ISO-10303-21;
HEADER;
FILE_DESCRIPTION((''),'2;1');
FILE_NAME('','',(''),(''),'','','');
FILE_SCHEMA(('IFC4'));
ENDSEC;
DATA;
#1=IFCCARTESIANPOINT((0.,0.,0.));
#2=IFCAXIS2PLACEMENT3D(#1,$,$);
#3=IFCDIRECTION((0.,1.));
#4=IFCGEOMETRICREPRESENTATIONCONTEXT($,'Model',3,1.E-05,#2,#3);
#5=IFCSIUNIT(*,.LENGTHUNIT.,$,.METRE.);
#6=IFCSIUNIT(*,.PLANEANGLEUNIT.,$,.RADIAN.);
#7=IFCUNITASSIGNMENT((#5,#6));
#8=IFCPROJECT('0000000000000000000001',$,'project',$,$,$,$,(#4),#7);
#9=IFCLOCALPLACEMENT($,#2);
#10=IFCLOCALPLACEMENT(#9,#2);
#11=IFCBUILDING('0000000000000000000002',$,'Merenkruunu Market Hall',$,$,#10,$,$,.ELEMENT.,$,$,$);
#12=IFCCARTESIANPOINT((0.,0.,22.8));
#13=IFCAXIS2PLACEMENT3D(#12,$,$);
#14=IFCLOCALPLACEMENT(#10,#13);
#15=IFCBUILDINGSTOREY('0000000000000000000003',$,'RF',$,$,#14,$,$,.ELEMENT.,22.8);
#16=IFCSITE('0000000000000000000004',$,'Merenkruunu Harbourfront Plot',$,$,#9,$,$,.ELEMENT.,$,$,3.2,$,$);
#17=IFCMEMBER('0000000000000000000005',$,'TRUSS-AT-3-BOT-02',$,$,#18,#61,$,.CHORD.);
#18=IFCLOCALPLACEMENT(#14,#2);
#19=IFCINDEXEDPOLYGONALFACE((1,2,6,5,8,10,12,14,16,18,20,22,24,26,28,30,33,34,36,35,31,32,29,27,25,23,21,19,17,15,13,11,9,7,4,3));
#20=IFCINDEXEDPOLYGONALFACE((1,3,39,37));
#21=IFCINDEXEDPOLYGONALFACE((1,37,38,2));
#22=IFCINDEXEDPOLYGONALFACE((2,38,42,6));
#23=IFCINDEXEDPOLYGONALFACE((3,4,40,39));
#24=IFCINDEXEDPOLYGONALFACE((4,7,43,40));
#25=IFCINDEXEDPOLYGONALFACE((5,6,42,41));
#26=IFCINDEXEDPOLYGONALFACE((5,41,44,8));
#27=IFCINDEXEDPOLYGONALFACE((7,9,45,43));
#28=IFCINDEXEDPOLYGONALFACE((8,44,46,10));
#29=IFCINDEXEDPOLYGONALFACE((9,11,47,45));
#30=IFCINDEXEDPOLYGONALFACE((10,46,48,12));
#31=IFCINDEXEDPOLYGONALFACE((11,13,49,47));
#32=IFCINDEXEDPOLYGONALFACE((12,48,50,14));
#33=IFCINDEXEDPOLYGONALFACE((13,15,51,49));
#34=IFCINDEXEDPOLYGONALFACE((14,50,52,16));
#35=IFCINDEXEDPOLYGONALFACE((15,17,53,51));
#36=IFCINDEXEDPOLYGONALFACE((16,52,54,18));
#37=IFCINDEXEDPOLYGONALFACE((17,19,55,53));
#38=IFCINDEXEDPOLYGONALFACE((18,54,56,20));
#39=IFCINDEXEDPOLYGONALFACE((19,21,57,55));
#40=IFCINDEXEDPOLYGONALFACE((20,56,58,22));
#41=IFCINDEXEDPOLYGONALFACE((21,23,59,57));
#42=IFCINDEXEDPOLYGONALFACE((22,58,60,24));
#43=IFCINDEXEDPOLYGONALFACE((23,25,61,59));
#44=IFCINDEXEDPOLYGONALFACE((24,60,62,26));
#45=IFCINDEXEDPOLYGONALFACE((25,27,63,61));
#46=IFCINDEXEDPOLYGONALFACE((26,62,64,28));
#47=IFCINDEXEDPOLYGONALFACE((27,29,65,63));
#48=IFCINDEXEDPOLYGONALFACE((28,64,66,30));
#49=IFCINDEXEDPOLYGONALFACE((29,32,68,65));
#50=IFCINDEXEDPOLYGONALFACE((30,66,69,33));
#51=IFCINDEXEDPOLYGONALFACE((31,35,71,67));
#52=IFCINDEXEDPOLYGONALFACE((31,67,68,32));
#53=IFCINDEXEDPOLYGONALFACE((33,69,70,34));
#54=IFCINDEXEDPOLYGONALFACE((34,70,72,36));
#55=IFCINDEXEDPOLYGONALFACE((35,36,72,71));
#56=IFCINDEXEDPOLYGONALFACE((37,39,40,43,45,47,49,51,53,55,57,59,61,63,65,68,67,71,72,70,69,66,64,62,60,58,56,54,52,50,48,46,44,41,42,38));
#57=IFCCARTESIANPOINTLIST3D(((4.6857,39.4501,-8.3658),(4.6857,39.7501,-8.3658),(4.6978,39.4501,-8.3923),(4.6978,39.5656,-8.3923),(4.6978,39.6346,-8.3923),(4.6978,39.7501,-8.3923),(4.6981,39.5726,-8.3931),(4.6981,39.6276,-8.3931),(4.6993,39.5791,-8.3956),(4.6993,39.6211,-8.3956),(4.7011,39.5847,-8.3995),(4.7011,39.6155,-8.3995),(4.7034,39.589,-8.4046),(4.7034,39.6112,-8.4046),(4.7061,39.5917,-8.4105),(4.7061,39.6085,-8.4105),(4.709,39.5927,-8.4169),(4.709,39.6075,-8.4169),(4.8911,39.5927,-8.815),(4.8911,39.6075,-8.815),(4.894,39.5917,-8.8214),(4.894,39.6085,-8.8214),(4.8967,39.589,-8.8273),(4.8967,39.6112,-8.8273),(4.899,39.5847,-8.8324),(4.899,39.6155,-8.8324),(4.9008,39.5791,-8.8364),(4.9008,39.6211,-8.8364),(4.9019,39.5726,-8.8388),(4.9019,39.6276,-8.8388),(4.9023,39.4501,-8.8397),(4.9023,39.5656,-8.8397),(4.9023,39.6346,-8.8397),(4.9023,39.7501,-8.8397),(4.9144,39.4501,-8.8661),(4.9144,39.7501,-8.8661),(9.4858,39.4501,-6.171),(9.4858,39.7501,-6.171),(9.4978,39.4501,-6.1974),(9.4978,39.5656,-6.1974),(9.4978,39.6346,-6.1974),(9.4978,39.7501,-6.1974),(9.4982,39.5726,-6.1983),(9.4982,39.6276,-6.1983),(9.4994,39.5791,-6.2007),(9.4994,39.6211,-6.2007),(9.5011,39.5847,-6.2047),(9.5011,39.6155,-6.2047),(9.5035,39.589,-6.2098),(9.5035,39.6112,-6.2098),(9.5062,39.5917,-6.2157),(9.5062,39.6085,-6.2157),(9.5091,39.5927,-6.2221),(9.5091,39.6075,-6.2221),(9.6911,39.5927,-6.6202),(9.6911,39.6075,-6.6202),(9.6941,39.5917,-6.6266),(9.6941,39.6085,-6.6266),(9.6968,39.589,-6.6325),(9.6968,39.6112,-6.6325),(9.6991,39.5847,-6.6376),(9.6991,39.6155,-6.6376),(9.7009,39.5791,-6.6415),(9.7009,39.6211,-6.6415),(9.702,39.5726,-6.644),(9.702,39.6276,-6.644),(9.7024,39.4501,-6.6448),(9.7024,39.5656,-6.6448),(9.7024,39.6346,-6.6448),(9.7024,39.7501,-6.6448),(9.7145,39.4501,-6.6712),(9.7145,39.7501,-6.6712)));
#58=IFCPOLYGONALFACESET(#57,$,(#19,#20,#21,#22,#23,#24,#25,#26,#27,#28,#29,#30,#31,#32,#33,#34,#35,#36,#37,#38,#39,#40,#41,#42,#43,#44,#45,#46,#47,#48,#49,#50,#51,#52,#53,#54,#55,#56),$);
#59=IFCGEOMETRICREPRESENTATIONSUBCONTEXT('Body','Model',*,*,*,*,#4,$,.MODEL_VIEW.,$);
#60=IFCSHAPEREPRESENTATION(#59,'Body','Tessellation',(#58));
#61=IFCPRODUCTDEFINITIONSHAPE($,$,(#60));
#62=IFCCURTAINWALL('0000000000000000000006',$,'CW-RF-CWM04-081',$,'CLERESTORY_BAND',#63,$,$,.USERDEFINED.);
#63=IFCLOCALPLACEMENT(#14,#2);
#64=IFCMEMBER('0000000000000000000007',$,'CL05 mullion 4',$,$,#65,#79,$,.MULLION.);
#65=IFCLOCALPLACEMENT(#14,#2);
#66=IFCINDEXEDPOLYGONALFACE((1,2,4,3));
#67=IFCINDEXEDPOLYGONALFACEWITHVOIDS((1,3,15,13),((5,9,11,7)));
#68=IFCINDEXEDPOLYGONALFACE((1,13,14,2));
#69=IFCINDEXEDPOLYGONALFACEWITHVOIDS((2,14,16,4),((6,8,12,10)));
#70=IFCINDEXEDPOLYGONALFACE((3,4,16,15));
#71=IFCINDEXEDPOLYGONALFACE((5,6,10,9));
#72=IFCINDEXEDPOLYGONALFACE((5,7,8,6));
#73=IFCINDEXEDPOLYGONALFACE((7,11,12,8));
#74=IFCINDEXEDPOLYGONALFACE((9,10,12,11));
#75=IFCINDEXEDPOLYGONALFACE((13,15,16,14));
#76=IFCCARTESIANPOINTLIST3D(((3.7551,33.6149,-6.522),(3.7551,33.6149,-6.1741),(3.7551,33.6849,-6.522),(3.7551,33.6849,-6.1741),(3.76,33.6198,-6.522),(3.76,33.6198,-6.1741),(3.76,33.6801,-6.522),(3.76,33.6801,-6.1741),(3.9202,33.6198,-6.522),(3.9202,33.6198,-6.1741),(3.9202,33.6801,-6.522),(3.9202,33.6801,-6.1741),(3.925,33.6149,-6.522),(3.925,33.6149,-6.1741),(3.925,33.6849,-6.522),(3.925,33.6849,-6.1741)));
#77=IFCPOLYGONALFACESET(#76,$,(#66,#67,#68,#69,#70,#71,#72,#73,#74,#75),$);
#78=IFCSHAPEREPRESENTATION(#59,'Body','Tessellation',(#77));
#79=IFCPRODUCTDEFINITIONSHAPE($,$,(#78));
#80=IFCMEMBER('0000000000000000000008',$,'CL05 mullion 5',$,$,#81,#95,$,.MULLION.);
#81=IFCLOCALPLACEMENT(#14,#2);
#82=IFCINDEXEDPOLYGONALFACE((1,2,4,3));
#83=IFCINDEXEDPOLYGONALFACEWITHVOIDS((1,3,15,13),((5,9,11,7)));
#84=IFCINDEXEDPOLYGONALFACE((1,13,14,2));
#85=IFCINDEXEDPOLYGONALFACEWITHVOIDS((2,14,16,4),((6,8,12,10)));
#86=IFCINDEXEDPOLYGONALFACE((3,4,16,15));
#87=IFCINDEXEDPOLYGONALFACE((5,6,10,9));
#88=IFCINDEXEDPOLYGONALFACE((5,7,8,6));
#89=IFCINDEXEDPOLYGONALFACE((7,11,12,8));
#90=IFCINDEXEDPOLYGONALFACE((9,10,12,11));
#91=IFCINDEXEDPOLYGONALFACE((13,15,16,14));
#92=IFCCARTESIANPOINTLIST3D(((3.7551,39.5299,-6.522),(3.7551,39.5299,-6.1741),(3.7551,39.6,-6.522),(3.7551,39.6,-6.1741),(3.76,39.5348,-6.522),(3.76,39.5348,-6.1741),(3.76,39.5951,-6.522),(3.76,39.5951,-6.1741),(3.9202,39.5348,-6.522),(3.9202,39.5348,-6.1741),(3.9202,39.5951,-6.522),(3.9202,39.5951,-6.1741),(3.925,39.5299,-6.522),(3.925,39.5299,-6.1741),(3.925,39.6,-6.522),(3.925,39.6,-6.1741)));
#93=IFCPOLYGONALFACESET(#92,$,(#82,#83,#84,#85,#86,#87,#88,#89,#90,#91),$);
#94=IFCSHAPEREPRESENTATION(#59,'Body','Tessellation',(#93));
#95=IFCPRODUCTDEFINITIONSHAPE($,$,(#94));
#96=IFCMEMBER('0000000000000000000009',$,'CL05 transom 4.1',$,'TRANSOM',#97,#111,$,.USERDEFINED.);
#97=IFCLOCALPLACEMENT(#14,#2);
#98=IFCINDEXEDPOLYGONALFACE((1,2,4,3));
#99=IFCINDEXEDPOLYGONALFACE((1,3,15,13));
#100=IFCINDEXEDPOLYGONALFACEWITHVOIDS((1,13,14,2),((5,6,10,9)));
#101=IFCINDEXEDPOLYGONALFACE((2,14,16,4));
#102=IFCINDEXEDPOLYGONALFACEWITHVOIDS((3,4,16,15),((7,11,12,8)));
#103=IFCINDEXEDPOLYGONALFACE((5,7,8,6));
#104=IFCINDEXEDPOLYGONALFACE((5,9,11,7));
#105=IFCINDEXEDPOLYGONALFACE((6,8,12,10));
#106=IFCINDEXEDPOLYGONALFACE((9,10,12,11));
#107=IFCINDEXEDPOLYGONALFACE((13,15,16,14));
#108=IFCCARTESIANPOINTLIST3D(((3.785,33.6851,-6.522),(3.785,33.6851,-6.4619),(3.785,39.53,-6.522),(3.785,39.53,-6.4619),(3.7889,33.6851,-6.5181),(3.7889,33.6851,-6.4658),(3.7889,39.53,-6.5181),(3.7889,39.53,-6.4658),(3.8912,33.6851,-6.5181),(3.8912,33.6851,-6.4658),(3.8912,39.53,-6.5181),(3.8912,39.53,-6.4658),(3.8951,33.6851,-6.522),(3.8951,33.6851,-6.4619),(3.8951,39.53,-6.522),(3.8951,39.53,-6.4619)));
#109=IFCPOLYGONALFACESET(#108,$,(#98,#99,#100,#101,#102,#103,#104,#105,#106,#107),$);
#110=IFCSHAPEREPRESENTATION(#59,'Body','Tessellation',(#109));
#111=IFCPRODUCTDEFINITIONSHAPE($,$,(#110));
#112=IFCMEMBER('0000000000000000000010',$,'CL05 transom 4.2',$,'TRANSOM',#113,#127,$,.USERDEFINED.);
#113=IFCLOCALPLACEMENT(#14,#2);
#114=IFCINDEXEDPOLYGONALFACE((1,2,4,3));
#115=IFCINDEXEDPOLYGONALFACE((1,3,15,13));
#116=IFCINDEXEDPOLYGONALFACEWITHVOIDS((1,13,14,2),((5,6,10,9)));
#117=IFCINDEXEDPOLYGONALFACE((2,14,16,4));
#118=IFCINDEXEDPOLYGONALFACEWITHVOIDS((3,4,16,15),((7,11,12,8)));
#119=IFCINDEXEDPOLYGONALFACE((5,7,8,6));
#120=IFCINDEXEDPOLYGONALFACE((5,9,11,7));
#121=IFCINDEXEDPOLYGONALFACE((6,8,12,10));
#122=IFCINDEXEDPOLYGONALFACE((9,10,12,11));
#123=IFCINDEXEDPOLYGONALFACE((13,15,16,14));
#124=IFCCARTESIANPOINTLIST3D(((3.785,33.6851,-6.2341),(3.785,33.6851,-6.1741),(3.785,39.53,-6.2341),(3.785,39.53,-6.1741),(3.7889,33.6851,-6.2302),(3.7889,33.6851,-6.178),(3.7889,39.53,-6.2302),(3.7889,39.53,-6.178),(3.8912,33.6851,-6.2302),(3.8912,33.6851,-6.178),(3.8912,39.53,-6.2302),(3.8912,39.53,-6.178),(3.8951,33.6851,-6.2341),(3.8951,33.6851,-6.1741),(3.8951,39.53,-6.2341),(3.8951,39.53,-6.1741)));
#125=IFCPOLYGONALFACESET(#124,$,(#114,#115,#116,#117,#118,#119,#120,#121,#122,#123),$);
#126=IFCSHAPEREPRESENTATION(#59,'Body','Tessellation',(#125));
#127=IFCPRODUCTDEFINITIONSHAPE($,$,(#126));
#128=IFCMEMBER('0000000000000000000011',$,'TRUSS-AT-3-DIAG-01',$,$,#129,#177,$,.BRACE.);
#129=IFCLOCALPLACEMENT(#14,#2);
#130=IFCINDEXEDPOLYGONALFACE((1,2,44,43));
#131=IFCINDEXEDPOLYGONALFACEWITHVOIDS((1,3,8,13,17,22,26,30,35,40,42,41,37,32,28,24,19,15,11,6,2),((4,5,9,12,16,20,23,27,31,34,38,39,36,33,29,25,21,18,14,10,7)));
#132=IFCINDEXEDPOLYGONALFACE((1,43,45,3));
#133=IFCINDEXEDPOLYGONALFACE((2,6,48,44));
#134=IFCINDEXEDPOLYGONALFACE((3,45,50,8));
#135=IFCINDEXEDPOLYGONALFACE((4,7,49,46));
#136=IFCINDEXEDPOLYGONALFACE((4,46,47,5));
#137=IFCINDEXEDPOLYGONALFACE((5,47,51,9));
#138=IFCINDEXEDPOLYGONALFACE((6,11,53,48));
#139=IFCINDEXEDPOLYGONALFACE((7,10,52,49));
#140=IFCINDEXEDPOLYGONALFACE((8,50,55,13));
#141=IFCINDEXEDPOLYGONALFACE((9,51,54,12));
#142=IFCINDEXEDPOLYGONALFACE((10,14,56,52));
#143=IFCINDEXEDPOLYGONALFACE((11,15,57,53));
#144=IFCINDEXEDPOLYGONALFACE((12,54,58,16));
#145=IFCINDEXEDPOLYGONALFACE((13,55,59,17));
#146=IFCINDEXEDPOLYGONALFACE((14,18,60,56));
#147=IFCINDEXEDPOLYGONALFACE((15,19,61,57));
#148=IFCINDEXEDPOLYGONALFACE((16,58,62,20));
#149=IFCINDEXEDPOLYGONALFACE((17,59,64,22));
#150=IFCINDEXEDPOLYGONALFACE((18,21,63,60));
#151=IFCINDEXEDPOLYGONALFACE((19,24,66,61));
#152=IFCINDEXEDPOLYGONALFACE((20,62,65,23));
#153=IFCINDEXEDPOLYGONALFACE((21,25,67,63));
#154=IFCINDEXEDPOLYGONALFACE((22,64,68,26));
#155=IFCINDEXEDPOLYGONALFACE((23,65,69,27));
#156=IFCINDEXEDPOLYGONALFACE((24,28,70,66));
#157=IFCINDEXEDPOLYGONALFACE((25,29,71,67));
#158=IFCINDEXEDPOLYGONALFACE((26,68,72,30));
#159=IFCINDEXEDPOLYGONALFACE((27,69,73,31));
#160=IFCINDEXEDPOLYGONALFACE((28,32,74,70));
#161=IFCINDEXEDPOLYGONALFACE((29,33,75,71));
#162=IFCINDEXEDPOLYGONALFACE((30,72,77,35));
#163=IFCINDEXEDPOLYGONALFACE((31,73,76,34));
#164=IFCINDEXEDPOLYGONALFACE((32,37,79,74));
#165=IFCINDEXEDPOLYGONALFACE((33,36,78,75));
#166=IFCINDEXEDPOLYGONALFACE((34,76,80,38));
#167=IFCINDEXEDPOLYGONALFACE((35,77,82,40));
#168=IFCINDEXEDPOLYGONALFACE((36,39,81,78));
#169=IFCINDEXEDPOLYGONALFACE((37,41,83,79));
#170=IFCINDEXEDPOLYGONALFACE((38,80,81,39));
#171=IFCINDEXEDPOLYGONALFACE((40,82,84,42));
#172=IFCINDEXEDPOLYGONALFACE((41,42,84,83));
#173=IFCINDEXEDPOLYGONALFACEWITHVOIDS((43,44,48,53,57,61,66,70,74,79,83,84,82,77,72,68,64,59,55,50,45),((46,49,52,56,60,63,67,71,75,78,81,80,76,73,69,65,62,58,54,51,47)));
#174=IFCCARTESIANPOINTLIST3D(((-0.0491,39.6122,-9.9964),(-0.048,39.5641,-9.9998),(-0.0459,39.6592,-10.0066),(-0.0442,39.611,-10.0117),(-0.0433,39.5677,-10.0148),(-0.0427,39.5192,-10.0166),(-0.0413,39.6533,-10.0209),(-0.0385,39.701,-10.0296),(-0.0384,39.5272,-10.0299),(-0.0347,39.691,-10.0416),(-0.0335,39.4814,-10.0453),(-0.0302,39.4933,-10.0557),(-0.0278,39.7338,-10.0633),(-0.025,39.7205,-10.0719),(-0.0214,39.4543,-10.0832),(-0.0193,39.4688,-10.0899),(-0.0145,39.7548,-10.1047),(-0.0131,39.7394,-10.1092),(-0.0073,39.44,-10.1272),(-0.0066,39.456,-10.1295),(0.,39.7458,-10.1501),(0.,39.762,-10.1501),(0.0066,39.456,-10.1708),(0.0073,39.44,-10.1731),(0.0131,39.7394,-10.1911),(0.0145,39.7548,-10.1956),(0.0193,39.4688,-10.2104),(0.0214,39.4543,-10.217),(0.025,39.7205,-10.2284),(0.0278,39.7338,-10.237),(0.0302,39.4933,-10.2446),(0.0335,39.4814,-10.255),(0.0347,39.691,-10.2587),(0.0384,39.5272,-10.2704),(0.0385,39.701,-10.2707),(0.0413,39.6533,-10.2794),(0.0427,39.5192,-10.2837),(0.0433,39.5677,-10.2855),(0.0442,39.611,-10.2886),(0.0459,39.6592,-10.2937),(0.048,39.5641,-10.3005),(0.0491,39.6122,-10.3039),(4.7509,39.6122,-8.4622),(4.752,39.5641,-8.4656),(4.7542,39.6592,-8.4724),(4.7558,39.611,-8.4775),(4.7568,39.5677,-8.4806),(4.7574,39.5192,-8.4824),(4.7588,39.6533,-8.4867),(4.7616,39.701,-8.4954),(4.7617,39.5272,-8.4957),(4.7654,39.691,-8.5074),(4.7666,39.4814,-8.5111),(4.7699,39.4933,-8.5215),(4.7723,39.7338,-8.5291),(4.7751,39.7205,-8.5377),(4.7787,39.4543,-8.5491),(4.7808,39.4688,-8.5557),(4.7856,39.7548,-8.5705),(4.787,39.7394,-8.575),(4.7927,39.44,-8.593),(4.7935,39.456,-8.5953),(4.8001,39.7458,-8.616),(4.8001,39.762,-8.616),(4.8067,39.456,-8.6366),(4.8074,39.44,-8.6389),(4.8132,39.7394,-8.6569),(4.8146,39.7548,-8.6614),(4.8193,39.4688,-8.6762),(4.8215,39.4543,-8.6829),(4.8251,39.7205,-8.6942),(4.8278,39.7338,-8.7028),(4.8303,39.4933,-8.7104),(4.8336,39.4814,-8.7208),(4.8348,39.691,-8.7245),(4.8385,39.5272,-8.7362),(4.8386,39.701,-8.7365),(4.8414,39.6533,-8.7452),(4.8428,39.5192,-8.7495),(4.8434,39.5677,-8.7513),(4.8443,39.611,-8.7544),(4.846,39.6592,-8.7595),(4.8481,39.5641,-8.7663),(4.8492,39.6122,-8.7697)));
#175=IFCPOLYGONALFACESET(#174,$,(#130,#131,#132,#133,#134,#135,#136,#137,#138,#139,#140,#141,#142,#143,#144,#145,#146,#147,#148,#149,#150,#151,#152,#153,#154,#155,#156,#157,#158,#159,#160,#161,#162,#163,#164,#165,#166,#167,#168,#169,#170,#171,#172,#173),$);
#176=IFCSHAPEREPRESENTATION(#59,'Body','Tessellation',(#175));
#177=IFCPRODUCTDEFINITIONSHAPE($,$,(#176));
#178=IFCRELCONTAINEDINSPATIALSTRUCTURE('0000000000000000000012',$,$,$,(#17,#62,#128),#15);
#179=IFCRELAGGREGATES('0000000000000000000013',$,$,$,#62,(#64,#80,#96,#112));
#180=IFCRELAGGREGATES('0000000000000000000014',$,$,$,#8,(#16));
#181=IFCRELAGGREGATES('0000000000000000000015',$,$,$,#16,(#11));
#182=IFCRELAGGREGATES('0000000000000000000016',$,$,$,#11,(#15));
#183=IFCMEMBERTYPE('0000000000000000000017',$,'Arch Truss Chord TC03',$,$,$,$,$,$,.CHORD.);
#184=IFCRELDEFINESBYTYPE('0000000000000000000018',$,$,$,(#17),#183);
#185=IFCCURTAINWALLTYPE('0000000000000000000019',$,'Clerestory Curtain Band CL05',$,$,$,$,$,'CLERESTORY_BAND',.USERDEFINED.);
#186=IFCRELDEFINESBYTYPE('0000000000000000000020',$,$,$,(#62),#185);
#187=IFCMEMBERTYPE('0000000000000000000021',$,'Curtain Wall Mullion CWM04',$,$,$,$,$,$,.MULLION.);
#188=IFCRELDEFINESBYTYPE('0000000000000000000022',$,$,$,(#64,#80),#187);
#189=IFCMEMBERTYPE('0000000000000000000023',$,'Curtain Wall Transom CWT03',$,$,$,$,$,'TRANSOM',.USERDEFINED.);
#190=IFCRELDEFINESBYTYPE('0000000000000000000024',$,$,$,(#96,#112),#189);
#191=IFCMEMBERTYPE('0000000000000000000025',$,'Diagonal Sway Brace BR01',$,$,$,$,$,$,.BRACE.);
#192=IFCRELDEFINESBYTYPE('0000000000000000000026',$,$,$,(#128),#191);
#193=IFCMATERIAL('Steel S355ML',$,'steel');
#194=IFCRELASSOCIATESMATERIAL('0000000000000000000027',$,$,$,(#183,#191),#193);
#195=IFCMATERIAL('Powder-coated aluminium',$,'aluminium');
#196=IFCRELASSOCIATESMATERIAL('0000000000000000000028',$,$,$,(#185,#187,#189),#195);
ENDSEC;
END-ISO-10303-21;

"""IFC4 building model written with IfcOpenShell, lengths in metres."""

from ifc_helpers import new_model, si_unit, direction, frame, origin, origin_2d, place, context, subcontext, project, spatial, hollow_rectangle, hollow_circle, i_section, extrude, material, material_profile, profile_set, type_object, element, aggregate, save


model = new_model("IFC4")

# Units and contexts
model_context = context("Model", 3, precision=1e-05, world=origin(), true_north=direction((0.0, 1.0)))
body_context = subcontext(model_context, "Body", "Model", "MODEL_VIEW")
ifc_project = project(units=[si_unit("LENGTHUNIT", "METRE"), si_unit("PLANEANGLEUNIT", "RADIAN")], contexts=[model_context])

# Site, building, storey
site_placement = place(None, origin())
site = spatial("IfcSite", under=ifc_project, at=site_placement, Name="Merenkruunu Harbourfront Plot", CompositionType="ELEMENT", RefElevation=3.2)
building_placement = place(site_placement, origin())
building = spatial("IfcBuilding", under=site, at=building_placement, Name="Merenkruunu Market Hall", CompositionType="ELEMENT")
storey_placement = place(building_placement, frame((0.0, 0.0, 22.8)))
storey = spatial("IfcBuildingStorey", under=building, at=storey_placement, Name="RF", CompositionType="ELEMENT", Elevation=22.8)

# Member
ifc_material_1 = material(Name="Steel S355ML", Category="steel")
ifc_material_profile_1 = material_profile(ifc_material_1, i_section(OverallWidth=0.3, OverallDepth=0.55, WebThickness=0.0149, FlangeThickness=0.0291, FilletRadius=0.0271, at=origin_2d()), Name="HEB 550")
ifc_profile_set_1 = profile_set([ifc_material_profile_1], Name="Steel S355ML")
member_type_1 = type_object("IfcMemberType", Name="Arch Truss Chord TC03", PredefinedType="CHORD", material=ifc_profile_set_1)
member_1_placement = place(storey_placement, frame((4.8, 39.6001, -8.616), z_axis=(0.909437, 0.0, 0.415841), x_axis=(0.0, 1.0, 0.0)))
element("IfcMember", 1, at=member_1_placement, inside=storey, type_object=member_type_1, Name="TRUSS-AT-3-BOT-02", PredefinedType="CHORD", context=body_context, shape_type="SweptSolid", body=[
    extrude(i_section(OverallWidth=0.3, OverallDepth=0.55, WebThickness=0.0149, FlangeThickness=0.0291, FilletRadius=0.0271, at=origin_2d()), origin(), (0.0, 0.0, 1.0), 5.2781),
])

# Curtain wall, members
ifc_material_2 = material(Name="Powder-coated aluminium", Category="aluminium")
curtain_wall_type = type_object("IfcCurtainWallType", Name="Clerestory Curtain Band CL05", ElementType="CLERESTORY_BAND", PredefinedType="USERDEFINED", material=ifc_material_2)
curtain_wall_placement = place(storey_placement, origin())
curtain_wall = element("IfcCurtainWall", 2, at=curtain_wall_placement, inside=storey, type_object=curtain_wall_type, Name="CW-RF-CWM04-081", ObjectType="CLERESTORY_BAND", PredefinedType="USERDEFINED")
ifc_material_profile_2 = material_profile(ifc_material_2, hollow_rectangle(XDim=0.0701, YDim=0.1699, WallThickness=0.0049, at=origin_2d()), Name="ALU 70x170x5")
ifc_profile_set_2 = profile_set([ifc_material_profile_2], Name="Powder-coated aluminium")
member_type_2 = type_object("IfcMemberType", Name="Curtain Wall Mullion CWM04", PredefinedType="MULLION", material=ifc_profile_set_2)
member_2_placement = place(storey_placement, frame((3.8401, 33.6499, -6.522), z_axis=(0.0, 0.0, 1.0), x_axis=(0.0, 1.0, 0.0)))
member_2 = element("IfcMember", 3, at=member_2_placement, type_object=member_type_2, Name="CL05 mullion 4", PredefinedType="MULLION", context=body_context, shape_type="SweptSolid", body=[
    extrude(hollow_rectangle(XDim=0.0701, YDim=0.1699, WallThickness=0.0049, at=origin_2d()), origin(), (0.0, 0.0, 1.0), 0.3479),
])
member_3_placement = place(storey_placement, frame((3.8401, 39.5649, -6.522), z_axis=(0.0, 0.0, 1.0), x_axis=(0.0, 1.0, 0.0)))
member_3 = element("IfcMember", 4, at=member_3_placement, type_object=member_type_2, Name="CL05 mullion 5", PredefinedType="MULLION", context=body_context, shape_type="SweptSolid", body=[
    extrude(hollow_rectangle(XDim=0.0701, YDim=0.1699, WallThickness=0.0049, at=origin_2d()), origin(), (0.0, 0.0, 1.0), 0.3479),
])
ifc_material_profile_3 = material_profile(ifc_material_2, hollow_rectangle(XDim=0.0601, YDim=0.1101, WallThickness=0.0039, at=origin_2d()), Name="ALU 60x110x4")
ifc_profile_set_3 = profile_set([ifc_material_profile_3], Name="Powder-coated aluminium")
member_type_3 = type_object("IfcMemberType", Name="Curtain Wall Transom CWT03", ElementType="TRANSOM", PredefinedType="USERDEFINED", material=ifc_profile_set_3)
member_4_placement = place(storey_placement, frame((3.8401, 33.6851, -6.4919), z_axis=(0.0, 1.0, 0.0), x_axis=(0.0, 0.0, 1.0)))
member_4 = element("IfcMember", 5, at=member_4_placement, type_object=member_type_3, Name="CL05 transom 4.1", ObjectType="TRANSOM", PredefinedType="USERDEFINED", context=body_context, shape_type="SweptSolid", body=[
    extrude(hollow_rectangle(XDim=0.0601, YDim=0.1101, WallThickness=0.0039, at=origin_2d()), origin(), (0.0, 0.0, 1.0), 5.845),
])
member_5_placement = place(storey_placement, frame((3.8401, 33.6851, -6.2041), z_axis=(0.0, 1.0, 0.0), x_axis=(0.0, 0.0, 1.0)))
member_5 = element("IfcMember", 6, at=member_5_placement, type_object=member_type_3, Name="CL05 transom 4.2", ObjectType="TRANSOM", PredefinedType="USERDEFINED", context=body_context, shape_type="SweptSolid", body=[
    extrude(hollow_rectangle(XDim=0.0601, YDim=0.1101, WallThickness=0.0039, at=origin_2d()), origin(), (0.0, 0.0, 1.0), 5.845),
])

# Member
ifc_material_profile_4 = material_profile(ifc_material_1, hollow_circle(Radius=0.1619, WallThickness=0.0161, at=origin_2d()), Name="CHS 323.9x16")
ifc_profile_set_4 = profile_set([ifc_material_profile_4], Name="Steel S355ML")
member_type_4 = type_object("IfcMemberType", Name="Diagonal Sway Brace BR01", PredefinedType="BRACE", material=ifc_profile_set_4)
member_6_placement = place(storey_placement, frame((0.0, 39.6001, -10.1501), z_axis=(0.95253, 0.0, 0.304445), x_axis=(0.0, 1.0, 0.0)))
element("IfcMember", 7, at=member_6_placement, inside=storey, type_object=member_type_4, Name="TRUSS-AT-3-DIAG-01", PredefinedType="BRACE", context=body_context, shape_type="SweptSolid", body=[
    extrude(hollow_circle(Radius=0.1619, WallThickness=0.0161, at=origin_2d()), origin(), (0.0, 0.0, 1.0), 5.0393),
])

aggregate(curtain_wall, [member_2, member_3, member_4, member_5])

save(model, "model.ifc")
